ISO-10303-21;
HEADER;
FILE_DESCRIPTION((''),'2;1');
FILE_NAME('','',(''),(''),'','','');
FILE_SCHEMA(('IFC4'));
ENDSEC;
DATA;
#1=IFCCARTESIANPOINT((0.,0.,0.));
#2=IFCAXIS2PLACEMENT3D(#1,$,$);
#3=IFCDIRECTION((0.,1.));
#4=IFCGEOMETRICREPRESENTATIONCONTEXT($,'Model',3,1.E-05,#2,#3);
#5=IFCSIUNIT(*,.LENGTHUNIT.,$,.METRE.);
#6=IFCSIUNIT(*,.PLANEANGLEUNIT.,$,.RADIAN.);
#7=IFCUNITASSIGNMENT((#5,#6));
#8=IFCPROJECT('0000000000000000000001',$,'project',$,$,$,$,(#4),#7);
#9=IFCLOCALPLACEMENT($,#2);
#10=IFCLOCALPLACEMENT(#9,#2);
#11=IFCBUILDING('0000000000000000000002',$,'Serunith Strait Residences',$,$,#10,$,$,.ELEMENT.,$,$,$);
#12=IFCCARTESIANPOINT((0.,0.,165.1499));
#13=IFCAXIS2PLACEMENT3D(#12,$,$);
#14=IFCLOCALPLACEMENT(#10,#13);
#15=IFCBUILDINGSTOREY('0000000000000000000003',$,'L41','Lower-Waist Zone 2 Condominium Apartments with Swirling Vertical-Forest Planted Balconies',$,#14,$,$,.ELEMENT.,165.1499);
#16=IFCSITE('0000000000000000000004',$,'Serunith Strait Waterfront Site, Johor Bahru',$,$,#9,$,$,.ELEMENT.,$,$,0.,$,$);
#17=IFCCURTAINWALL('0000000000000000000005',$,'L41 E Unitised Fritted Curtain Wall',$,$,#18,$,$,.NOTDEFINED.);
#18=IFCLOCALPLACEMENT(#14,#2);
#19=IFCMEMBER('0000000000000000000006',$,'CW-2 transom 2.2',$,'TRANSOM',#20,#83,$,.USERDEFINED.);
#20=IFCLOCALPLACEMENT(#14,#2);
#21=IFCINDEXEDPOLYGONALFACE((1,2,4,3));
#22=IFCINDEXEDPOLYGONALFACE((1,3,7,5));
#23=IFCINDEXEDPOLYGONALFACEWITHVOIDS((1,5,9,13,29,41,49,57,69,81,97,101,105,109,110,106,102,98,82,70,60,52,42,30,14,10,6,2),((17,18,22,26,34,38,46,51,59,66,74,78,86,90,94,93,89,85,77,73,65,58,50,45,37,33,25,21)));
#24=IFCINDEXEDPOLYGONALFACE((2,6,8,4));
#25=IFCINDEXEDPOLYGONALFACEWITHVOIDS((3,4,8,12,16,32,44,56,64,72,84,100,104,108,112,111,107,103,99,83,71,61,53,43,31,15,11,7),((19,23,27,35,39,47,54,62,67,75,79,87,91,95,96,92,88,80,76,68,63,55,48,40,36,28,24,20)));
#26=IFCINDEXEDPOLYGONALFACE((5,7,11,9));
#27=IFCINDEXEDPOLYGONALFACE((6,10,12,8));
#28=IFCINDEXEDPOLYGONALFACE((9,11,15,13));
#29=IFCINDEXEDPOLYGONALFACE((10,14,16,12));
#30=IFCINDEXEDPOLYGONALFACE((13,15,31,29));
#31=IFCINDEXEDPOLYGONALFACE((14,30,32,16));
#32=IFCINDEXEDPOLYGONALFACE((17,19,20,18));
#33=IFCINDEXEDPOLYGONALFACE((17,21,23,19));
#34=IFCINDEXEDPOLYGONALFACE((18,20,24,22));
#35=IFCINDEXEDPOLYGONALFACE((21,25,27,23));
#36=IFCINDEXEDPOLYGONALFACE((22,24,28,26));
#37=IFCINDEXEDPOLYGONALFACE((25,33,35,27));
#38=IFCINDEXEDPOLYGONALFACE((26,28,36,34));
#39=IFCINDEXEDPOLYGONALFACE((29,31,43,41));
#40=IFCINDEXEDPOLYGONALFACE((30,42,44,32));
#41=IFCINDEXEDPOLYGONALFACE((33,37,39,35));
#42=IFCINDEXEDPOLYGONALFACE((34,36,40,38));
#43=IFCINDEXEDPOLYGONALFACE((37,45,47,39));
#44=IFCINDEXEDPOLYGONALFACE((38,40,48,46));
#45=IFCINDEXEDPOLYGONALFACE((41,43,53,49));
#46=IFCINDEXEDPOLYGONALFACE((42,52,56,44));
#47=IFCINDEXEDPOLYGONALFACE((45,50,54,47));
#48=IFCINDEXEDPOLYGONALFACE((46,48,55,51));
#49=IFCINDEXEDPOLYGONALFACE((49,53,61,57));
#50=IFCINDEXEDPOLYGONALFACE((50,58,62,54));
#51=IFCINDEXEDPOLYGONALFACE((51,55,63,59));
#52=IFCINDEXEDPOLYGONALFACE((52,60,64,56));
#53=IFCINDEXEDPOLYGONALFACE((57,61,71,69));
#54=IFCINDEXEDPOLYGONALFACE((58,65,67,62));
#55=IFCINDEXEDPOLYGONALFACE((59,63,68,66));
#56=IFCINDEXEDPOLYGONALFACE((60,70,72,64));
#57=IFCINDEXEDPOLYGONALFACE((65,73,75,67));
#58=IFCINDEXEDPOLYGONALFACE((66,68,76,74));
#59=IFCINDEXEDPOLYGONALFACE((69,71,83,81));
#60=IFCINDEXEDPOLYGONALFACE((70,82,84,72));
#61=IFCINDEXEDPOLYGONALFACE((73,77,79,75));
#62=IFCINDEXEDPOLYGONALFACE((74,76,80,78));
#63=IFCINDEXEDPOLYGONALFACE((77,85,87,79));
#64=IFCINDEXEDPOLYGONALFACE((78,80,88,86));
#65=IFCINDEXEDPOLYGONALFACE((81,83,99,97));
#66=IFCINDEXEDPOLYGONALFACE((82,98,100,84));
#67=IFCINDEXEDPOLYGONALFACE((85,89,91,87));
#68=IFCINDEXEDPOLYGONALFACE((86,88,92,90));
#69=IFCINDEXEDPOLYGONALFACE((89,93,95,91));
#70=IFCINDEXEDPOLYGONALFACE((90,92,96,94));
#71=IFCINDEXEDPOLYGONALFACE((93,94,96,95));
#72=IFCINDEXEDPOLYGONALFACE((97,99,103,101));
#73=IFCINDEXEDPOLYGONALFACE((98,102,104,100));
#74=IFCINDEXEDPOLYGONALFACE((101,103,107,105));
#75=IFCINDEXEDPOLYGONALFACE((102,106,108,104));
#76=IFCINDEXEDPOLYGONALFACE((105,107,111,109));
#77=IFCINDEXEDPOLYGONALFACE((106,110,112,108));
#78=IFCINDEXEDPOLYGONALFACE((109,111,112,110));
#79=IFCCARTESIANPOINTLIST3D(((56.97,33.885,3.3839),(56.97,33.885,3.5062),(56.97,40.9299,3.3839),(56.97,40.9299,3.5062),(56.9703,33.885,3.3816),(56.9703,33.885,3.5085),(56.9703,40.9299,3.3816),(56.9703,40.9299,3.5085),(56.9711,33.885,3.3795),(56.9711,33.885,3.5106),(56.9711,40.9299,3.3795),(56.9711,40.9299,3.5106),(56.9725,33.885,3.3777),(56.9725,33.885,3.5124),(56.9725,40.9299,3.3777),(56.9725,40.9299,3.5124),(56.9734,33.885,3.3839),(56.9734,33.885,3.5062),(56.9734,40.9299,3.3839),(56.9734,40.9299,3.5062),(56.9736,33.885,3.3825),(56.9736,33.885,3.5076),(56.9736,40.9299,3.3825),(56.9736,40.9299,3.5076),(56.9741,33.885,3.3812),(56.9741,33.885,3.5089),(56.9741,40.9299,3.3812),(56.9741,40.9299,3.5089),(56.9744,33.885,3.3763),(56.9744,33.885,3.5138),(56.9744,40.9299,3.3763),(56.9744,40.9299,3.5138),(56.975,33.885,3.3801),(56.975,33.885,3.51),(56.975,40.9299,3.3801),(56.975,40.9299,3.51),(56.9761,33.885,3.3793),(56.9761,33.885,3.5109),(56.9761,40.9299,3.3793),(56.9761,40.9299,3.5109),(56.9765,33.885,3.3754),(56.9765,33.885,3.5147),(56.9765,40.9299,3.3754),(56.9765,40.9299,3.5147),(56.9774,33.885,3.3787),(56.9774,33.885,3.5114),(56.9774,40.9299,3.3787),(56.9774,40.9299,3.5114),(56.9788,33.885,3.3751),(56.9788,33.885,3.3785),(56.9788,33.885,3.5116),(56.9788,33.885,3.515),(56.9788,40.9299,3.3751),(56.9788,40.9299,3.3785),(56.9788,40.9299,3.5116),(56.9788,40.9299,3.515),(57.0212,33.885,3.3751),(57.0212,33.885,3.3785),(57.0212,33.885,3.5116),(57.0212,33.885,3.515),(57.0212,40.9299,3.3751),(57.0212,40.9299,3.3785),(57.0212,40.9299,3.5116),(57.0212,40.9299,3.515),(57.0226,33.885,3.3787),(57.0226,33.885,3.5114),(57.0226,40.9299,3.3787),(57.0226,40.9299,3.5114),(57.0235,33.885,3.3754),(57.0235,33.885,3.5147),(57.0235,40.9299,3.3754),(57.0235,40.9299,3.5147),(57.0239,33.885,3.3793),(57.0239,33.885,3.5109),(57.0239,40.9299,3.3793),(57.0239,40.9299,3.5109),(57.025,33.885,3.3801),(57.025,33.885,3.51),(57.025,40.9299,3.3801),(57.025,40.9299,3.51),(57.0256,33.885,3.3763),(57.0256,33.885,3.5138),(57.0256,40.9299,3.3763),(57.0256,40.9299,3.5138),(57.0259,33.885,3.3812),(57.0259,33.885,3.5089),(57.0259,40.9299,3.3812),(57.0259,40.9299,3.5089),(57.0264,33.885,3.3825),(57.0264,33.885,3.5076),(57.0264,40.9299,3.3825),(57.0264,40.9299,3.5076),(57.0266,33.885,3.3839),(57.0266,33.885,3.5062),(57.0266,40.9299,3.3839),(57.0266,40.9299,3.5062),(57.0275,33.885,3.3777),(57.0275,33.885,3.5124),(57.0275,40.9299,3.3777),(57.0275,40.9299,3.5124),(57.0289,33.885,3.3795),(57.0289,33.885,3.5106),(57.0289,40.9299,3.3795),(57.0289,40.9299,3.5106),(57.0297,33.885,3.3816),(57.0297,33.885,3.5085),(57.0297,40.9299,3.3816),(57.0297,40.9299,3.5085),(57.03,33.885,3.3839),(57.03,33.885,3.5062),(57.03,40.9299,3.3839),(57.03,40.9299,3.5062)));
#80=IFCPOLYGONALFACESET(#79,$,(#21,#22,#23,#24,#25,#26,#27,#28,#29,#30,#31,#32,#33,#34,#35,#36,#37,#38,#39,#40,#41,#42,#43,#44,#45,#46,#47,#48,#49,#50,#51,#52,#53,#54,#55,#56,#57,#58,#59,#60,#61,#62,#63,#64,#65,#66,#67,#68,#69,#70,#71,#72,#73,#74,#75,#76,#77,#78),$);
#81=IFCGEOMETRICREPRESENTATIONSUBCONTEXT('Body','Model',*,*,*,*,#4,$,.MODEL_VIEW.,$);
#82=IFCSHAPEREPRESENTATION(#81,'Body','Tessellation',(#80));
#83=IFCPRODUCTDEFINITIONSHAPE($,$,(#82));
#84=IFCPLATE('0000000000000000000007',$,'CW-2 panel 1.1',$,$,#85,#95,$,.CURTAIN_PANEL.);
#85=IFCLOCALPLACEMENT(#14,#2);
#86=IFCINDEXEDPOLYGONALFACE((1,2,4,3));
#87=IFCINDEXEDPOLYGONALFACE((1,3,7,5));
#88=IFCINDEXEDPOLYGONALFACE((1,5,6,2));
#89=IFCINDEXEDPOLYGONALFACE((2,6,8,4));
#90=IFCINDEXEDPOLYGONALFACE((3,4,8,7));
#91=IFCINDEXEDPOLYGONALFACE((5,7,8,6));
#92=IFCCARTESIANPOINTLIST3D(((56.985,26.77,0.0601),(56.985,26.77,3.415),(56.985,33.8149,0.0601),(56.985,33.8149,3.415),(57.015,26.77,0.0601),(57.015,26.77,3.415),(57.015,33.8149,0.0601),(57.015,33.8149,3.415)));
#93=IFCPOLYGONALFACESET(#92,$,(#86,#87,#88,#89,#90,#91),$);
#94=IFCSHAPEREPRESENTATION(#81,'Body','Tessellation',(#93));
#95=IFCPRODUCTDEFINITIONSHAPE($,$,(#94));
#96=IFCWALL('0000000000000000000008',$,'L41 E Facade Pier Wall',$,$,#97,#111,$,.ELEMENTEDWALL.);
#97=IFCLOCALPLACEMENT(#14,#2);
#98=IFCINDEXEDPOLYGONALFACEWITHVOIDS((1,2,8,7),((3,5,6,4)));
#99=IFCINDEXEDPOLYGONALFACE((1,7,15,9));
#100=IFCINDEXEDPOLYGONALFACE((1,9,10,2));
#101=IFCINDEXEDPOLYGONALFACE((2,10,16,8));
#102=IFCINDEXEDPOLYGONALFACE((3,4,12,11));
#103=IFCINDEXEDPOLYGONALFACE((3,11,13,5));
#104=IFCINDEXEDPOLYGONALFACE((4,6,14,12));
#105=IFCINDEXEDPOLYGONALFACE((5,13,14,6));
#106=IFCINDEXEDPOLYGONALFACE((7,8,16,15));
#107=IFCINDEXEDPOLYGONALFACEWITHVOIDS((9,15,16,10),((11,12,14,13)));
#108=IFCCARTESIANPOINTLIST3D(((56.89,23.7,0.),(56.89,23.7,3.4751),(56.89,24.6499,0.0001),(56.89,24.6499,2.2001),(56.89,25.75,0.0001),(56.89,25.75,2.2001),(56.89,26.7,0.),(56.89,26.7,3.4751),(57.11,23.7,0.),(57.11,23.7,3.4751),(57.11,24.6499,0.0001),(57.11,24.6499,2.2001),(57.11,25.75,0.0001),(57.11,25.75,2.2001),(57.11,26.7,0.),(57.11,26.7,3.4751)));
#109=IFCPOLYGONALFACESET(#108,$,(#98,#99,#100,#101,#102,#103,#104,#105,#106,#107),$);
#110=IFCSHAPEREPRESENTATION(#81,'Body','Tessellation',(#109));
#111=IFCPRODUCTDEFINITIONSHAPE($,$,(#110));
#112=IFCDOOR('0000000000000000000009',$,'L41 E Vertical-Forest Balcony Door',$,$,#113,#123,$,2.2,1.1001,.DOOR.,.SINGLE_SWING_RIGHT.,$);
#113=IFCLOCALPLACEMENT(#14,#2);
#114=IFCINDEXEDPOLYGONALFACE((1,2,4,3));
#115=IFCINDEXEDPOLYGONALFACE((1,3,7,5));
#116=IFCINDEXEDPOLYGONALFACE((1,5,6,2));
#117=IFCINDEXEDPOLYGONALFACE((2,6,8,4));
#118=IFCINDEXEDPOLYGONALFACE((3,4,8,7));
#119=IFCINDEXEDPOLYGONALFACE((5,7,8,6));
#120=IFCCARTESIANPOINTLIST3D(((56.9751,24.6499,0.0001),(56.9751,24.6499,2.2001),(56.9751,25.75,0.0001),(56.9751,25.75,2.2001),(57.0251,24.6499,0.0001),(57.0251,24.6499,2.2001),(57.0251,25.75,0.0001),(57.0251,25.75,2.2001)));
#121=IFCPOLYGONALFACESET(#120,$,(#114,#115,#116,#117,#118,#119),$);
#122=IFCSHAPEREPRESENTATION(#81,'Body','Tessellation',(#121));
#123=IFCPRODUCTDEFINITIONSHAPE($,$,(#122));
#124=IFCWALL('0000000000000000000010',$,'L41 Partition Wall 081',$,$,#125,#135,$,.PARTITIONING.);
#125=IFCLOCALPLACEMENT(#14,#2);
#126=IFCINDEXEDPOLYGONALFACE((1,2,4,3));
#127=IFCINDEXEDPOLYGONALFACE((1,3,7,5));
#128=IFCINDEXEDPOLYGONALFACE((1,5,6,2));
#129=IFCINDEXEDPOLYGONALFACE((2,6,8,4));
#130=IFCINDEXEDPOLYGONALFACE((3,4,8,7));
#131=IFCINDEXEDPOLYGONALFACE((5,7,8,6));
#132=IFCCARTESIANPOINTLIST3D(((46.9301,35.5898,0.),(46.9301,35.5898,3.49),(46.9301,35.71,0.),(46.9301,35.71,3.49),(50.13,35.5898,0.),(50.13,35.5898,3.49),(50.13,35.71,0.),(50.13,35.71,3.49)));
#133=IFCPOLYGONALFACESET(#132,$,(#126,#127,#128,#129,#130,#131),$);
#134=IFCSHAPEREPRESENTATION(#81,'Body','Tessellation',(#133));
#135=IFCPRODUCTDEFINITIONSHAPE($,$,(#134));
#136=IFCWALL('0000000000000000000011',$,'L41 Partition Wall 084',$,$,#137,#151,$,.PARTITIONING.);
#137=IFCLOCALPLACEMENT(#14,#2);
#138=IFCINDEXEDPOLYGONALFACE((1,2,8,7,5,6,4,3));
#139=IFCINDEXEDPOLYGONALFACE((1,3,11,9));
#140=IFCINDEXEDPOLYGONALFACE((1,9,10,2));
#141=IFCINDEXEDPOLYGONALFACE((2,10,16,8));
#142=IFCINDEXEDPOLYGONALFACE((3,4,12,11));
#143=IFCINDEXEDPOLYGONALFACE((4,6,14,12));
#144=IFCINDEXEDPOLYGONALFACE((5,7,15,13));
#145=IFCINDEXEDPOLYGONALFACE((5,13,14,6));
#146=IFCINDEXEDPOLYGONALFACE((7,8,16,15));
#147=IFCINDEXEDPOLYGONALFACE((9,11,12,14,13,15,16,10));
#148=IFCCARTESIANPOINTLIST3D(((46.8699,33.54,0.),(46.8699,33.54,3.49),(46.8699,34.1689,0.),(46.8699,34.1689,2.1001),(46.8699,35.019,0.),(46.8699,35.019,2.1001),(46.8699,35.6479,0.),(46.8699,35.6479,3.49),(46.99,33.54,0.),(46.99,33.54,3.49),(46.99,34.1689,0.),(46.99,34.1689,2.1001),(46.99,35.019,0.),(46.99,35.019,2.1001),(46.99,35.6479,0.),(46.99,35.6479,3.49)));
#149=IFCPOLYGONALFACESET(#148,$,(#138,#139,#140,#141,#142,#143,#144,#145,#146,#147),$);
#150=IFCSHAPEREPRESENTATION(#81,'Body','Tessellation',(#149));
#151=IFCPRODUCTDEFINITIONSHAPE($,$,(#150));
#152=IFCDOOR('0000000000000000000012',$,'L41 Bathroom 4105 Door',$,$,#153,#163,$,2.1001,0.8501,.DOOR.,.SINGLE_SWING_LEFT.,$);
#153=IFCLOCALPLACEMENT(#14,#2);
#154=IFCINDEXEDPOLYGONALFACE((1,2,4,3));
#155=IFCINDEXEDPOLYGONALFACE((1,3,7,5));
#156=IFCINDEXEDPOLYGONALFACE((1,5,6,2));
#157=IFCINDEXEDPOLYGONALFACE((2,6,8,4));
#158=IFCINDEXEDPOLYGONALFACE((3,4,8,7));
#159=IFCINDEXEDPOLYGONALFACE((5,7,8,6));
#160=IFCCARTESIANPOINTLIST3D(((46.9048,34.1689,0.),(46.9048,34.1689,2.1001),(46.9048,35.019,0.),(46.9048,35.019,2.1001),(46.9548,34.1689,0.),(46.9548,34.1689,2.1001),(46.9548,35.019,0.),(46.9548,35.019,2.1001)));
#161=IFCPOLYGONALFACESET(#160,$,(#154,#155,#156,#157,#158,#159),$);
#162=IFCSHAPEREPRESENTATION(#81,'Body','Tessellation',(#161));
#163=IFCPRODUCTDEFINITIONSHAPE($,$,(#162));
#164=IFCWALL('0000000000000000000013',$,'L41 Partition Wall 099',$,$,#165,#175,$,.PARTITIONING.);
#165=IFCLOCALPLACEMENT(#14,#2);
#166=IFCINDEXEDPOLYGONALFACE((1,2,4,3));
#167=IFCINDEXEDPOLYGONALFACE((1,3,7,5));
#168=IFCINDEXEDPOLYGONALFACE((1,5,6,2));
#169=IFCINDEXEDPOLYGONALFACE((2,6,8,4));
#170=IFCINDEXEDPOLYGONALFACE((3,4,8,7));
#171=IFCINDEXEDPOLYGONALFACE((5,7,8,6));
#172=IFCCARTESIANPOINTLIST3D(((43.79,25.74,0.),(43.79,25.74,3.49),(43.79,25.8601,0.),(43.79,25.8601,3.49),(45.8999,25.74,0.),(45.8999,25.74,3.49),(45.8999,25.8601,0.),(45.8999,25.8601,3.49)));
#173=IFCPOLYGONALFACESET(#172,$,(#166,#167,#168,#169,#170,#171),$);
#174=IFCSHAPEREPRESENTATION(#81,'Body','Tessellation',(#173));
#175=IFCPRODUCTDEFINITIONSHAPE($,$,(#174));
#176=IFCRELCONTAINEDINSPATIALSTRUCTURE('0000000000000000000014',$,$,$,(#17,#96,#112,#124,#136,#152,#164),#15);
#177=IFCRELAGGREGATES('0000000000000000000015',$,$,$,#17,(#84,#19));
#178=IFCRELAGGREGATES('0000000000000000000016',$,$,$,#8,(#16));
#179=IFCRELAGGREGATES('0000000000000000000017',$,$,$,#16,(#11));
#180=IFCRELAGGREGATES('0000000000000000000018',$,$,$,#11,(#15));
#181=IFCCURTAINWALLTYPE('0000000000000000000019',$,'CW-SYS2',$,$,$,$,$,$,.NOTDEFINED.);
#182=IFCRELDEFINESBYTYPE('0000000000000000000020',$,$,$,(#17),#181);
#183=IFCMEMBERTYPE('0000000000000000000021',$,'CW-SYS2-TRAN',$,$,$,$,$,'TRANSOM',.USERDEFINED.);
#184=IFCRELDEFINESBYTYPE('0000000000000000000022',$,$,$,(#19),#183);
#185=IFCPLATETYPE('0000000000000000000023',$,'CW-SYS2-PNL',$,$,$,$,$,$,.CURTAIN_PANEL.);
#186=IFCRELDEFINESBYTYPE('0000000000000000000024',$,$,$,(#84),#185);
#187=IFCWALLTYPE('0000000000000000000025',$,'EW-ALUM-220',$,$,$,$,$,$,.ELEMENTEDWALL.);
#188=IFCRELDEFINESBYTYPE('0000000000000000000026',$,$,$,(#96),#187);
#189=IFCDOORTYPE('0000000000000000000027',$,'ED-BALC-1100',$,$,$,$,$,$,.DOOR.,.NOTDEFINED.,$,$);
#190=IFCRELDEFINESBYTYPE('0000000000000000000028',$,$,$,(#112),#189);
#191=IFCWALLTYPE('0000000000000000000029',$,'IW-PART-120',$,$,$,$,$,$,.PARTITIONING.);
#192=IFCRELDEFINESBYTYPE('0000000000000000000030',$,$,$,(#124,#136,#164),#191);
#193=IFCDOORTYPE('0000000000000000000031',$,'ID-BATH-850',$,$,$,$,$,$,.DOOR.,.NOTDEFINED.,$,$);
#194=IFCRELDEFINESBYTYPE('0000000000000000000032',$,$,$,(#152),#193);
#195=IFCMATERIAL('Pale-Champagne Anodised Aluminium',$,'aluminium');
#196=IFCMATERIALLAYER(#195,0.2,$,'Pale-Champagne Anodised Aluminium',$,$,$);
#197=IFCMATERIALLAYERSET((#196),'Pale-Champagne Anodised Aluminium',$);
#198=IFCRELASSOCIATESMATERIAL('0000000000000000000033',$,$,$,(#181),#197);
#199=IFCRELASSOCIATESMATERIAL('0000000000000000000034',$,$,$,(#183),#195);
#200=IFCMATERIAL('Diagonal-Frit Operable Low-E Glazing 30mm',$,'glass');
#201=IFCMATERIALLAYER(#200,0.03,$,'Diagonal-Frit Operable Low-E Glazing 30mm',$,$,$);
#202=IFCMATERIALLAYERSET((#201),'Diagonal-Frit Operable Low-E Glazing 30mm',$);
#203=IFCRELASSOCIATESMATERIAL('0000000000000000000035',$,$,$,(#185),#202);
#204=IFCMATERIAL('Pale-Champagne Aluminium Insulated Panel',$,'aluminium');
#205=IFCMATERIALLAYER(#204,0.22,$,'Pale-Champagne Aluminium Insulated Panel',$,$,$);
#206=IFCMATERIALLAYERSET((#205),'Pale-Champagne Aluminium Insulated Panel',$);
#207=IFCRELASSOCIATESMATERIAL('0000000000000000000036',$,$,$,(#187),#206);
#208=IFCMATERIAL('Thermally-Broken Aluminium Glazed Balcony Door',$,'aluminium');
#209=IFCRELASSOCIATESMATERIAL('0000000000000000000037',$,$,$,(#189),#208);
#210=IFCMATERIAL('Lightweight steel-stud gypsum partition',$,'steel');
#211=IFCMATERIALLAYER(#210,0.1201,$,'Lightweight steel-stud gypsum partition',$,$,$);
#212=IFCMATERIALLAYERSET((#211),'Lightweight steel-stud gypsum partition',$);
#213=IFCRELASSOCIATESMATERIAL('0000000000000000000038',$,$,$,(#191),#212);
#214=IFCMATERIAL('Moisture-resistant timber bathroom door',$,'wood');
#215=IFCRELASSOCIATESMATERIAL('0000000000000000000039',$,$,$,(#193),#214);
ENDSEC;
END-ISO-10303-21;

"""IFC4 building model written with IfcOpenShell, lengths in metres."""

from ifc_helpers import new_model, si_unit, direction, frame, frame_2d, origin, origin_2d, place, context, subcontext, project, spatial, rectangle, hollow_rectangle, extrude, source, transform, mapped, material, layer, layer_set, material_profile, profile_set, type_object, element, fill, aggregate, save


model = new_model("IFC4")

# Units and contexts
model_context = context("Model", 3, precision=1e-05, world=origin(), true_north=direction((0.0, 1.0)))
body_context = subcontext(model_context, "Body", "Model", "MODEL_VIEW")
ifc_project = project(units=[si_unit("LENGTHUNIT", "METRE"), si_unit("PLANEANGLEUNIT", "RADIAN")], contexts=[model_context])

# Site, building, storey
site_placement = place(None, origin())
site = spatial("IfcSite", under=ifc_project, at=site_placement, Name="Serunith Strait Waterfront Site, Johor Bahru", CompositionType="ELEMENT", RefElevation=0.0)
building_placement = place(site_placement, origin())
building = spatial("IfcBuilding", under=site, at=building_placement, Name="Serunith Strait Residences", CompositionType="ELEMENT")
storey_placement = place(building_placement, frame((0.0, 0.0, 165.1499)))
storey = spatial("IfcBuildingStorey", under=building, at=storey_placement, Name="L41", Description="Lower-Waist Zone 2 Condominium Apartments with Swirling Vertical-Forest Planted Balconies", CompositionType="ELEMENT", Elevation=165.1499)

# Shared definitions
ifc_material_1 = material(Name="Pale-Champagne Anodised Aluminium", Category="aluminium")
ifc_layer_1 = layer(ifc_material_1, 0.2, Name="Pale-Champagne Anodised Aluminium")
ifc_layer_set_1 = layer_set([ifc_layer_1], Name="Pale-Champagne Anodised Aluminium")
curtain_wall_type = type_object("IfcCurtainWallType", Name="CW-SYS2", PredefinedType="NOTDEFINED", material=ifc_layer_set_1)

# Curtain wall, member, plate
curtain_wall_1_placement = place(storey_placement, origin())
curtain_wall_1 = element("IfcCurtainWall", 1, at=curtain_wall_1_placement, inside=storey, type_object=curtain_wall_type, Name="L41 E Unitised Fritted Curtain Wall", PredefinedType="NOTDEFINED")
ifc_material_profile_1 = material_profile(ifc_material_1, hollow_rectangle(XDim=0.0601, YDim=0.1399, WallThickness=0.0034, InnerFilletRadius=0.0054, OuterFilletRadius=0.0088, at=origin_2d()), Name="ALU 140x60x3.5")
ifc_profile_set_1 = profile_set([ifc_material_profile_1], Name="Pale-Champagne Anodised Aluminium")
member_type_1 = type_object("IfcMemberType", Name="CW-SYS2-TRAN", ElementType="TRANSOM", PredefinedType="USERDEFINED", material=ifc_profile_set_1)
shared_shape_1 = source(origin(), body_context, "Body", "SweptSolid", [
    extrude(hollow_rectangle(XDim=0.0601, YDim=0.1399, WallThickness=0.0034, InnerFilletRadius=0.0054, OuterFilletRadius=0.0088, at=origin_2d()), origin(), (0.0, 0.0, 1.0), 7.0449),
])
member_1_placement = place(storey_placement, frame((57.0, 33.885, 3.4451), z_axis=(0.0, 1.0, 0.0), x_axis=(-1.0, 0.0, 0.0)))
member_1 = element("IfcMember", 2, at=member_1_placement, type_object=member_type_1, Name="CW-2 transom 2.2", ObjectType="TRANSOM", PredefinedType="USERDEFINED", context=body_context, shape_type="MappedRepresentation", body=[
    mapped(shared_shape_1, transform((0.0, 0.0, 0.0), scale=1.0)),
])
ifc_material_2 = material(Name="Diagonal-Frit Operable Low-E Glazing 30mm", Category="glass")
ifc_layer_2 = layer(ifc_material_2, 0.03, Name="Diagonal-Frit Operable Low-E Glazing 30mm")
ifc_layer_set_2 = layer_set([ifc_layer_2], Name="Diagonal-Frit Operable Low-E Glazing 30mm")
plate_type = type_object("IfcPlateType", Name="CW-SYS2-PNL", PredefinedType="CURTAIN_PANEL", material=ifc_layer_set_2)
shared_shape_2 = source(origin(), body_context, "Body", "SweptSolid", [
    extrude(rectangle(XDim=7.0449, YDim=0.03, at=origin_2d()), origin(), (0.0, 0.0, 1.0), 3.355),
])
plate_placement = place(storey_placement, frame((57.0, 30.2925, 0.0601), z_axis=(0.0, 0.0, 1.0), x_axis=(0.0, 1.0, 0.0)))
plate = element("IfcPlate", 3, at=plate_placement, type_object=plate_type, Name="CW-2 panel 1.1", PredefinedType="CURTAIN_PANEL", context=body_context, shape_type="MappedRepresentation", body=[
    mapped(shared_shape_2, transform((0.0, 0.0, 0.0), scale=1.0)),
])
aggregate(curtain_wall_1, [plate, member_1])

# Wall, opening, door
ifc_material_3 = material(Name="Pale-Champagne Aluminium Insulated Panel", Category="aluminium")
ifc_layer_3 = layer(ifc_material_3, 0.22, Name="Pale-Champagne Aluminium Insulated Panel")
ifc_layer_set_3 = layer_set([ifc_layer_3], Name="Pale-Champagne Aluminium Insulated Panel")
wall_type_1 = type_object("IfcWallType", Name="EW-ALUM-220", PredefinedType="ELEMENTEDWALL", material=ifc_layer_set_3)
wall_1_placement = place(storey_placement, frame((57.0, 23.7, 0.0), z_axis=(0.0, 0.0, 1.0), x_axis=(0.0, 1.0, 0.0)))
wall_1 = element("IfcWall", 4, at=wall_1_placement, inside=storey, type_object=wall_type_1, Name="L41 E Facade Pier Wall", PredefinedType="ELEMENTEDWALL", context=body_context, shape_type="SweptSolid", body=[
    extrude(rectangle(XDim=3.0, YDim=0.22, at=frame_2d((1.5, 0.0))), origin(), (0.0, 0.0, 1.0), 3.4751),
])
opening_1_placement = place(wall_1_placement, frame((0.95, 0.0, 0.0)))
opening_1 = element("IfcOpeningElement", 5, at=opening_1_placement, cuts=wall_1, PredefinedType="OPENING", context=body_context, shape_type="SweptSolid", body=[
    extrude(rectangle(XDim=1.1001, YDim=2.2, at=frame_2d((0.55, 1.1001))), frame((0.0, 0.1201, 0.0), z_axis=(0.0, -1.0, 0.0), x_axis=(1.0, 0.0, 0.0)), (0.0, 0.0, 1.0), 0.24),
])
ifc_material_4 = material(Name="Thermally-Broken Aluminium Glazed Balcony Door", Category="aluminium")
door_type_1 = type_object("IfcDoorType", Name="ED-BALC-1100", OperationType="NOTDEFINED", PredefinedType="DOOR", material=ifc_material_4)
shared_shape_3 = source(origin(), body_context, "Body", "SweptSolid", [
    extrude(rectangle(XDim=1.1001, YDim=2.2, at=frame_2d((0.55, 1.1001))), frame((0.0, 0.0249, 0.0), z_axis=(0.0, -1.0, 0.0), x_axis=(1.0, 0.0, 0.0)), (0.0, 0.0, 1.0), 0.05),
])
door_1_placement = place(opening_1_placement, origin())
door_1 = element("IfcDoor", 6, at=door_1_placement, inside=storey, type_object=door_type_1, Name="L41 E Vertical-Forest Balcony Door", OperationType="SINGLE_SWING_RIGHT", OverallHeight=2.2, OverallWidth=1.1001, PredefinedType="DOOR", context=body_context, shape_type="MappedRepresentation", body=[
    mapped(shared_shape_3, transform((0.0, 0.0, 0.0), scale=1.0)),
])
fill(opening_1, door_1)

# Wall
ifc_material_5 = material(Name="Lightweight steel-stud gypsum partition", Category="steel")
ifc_layer_4 = layer(ifc_material_5, 0.1201, Name="Lightweight steel-stud gypsum partition")
ifc_layer_set_4 = layer_set([ifc_layer_4], Name="Lightweight steel-stud gypsum partition")
wall_type_2 = type_object("IfcWallType", Name="IW-PART-120", PredefinedType="PARTITIONING", material=ifc_layer_set_4)
wall_2_placement = place(storey_placement, frame((46.9299, 35.6499, 0.0), z_axis=(0.0, 0.0, 1.0), x_axis=(1.0, 0.0, 0.0)))
element("IfcWall", 7, at=wall_2_placement, inside=storey, type_object=wall_type_2, Name="L41 Partition Wall 081", PredefinedType="PARTITIONING", context=body_context, shape_type="SweptSolid", body=[
    extrude(rectangle(XDim=3.2, YDim=0.1201, at=frame_2d((1.6001, 0.0))), origin(), (0.0, 0.0, 1.0), 3.49),
])

# Wall, opening, door
wall_3_placement = place(storey_placement, frame((46.9299, 35.6479, 0.0), z_axis=(0.0, 0.0, 1.0), x_axis=(0.0, -1.0, 0.0)))
wall_3 = element("IfcWall", 8, at=wall_3_placement, inside=storey, type_object=wall_type_2, Name="L41 Partition Wall 084", PredefinedType="PARTITIONING", context=body_context, shape_type="SweptSolid", body=[
    extrude(rectangle(XDim=2.1079, YDim=0.1201, at=frame_2d((1.054, 0.0))), origin(), (0.0, 0.0, 1.0), 3.49),
])
opening_2_placement = place(wall_3_placement, frame((0.6289, 0.0, 0.0)))
opening_2 = element("IfcOpeningElement", 9, at=opening_2_placement, cuts=wall_3, PredefinedType="OPENING", context=body_context, shape_type="SweptSolid", body=[
    extrude(rectangle(XDim=0.8501, YDim=2.1001, at=frame_2d((0.425, 1.05))), frame((0.0, 0.0701, 0.0), z_axis=(0.0, -1.0, 0.0), x_axis=(1.0, 0.0, 0.0)), (0.0, 0.0, 1.0), 0.1401),
])
ifc_material_6 = material(Name="Moisture-resistant timber bathroom door", Category="wood")
door_type_2 = type_object("IfcDoorType", Name="ID-BATH-850", OperationType="NOTDEFINED", PredefinedType="DOOR", material=ifc_material_6)
shared_shape_4 = source(origin(), body_context, "Body", "SweptSolid", [
    extrude(rectangle(XDim=0.8501, YDim=2.1001, at=frame_2d((0.425, 1.05))), frame((0.0, 0.0249, 0.0), z_axis=(0.0, -1.0, 0.0), x_axis=(1.0, 0.0, 0.0)), (0.0, 0.0, 1.0), 0.05),
])
door_2_placement = place(opening_2_placement, origin())
door_2 = element("IfcDoor", 10, at=door_2_placement, inside=storey, type_object=door_type_2, Name="L41 Bathroom 4105 Door", OperationType="SINGLE_SWING_LEFT", OverallHeight=2.1001, OverallWidth=0.8501, PredefinedType="DOOR", context=body_context, shape_type="MappedRepresentation", body=[
    mapped(shared_shape_4, transform((0.0, 0.0, 0.0), scale=1.0)),
])
fill(opening_2, door_2)

# Wall
wall_4_placement = place(storey_placement, frame((45.8999, 25.8, 0.0), z_axis=(0.0, 0.0, 1.0), x_axis=(-1.0, 0.0, 0.0)))
element("IfcWall", 11, at=wall_4_placement, inside=storey, type_object=wall_type_2, Name="L41 Partition Wall 099", PredefinedType="PARTITIONING", context=body_context, shape_type="SweptSolid", body=[
    extrude(rectangle(XDim=2.1099, YDim=0.1201, at=frame_2d((1.0549, 0.0))), origin(), (0.0, 0.0, 1.0), 3.49),
])

save(model, "model.ifc")
